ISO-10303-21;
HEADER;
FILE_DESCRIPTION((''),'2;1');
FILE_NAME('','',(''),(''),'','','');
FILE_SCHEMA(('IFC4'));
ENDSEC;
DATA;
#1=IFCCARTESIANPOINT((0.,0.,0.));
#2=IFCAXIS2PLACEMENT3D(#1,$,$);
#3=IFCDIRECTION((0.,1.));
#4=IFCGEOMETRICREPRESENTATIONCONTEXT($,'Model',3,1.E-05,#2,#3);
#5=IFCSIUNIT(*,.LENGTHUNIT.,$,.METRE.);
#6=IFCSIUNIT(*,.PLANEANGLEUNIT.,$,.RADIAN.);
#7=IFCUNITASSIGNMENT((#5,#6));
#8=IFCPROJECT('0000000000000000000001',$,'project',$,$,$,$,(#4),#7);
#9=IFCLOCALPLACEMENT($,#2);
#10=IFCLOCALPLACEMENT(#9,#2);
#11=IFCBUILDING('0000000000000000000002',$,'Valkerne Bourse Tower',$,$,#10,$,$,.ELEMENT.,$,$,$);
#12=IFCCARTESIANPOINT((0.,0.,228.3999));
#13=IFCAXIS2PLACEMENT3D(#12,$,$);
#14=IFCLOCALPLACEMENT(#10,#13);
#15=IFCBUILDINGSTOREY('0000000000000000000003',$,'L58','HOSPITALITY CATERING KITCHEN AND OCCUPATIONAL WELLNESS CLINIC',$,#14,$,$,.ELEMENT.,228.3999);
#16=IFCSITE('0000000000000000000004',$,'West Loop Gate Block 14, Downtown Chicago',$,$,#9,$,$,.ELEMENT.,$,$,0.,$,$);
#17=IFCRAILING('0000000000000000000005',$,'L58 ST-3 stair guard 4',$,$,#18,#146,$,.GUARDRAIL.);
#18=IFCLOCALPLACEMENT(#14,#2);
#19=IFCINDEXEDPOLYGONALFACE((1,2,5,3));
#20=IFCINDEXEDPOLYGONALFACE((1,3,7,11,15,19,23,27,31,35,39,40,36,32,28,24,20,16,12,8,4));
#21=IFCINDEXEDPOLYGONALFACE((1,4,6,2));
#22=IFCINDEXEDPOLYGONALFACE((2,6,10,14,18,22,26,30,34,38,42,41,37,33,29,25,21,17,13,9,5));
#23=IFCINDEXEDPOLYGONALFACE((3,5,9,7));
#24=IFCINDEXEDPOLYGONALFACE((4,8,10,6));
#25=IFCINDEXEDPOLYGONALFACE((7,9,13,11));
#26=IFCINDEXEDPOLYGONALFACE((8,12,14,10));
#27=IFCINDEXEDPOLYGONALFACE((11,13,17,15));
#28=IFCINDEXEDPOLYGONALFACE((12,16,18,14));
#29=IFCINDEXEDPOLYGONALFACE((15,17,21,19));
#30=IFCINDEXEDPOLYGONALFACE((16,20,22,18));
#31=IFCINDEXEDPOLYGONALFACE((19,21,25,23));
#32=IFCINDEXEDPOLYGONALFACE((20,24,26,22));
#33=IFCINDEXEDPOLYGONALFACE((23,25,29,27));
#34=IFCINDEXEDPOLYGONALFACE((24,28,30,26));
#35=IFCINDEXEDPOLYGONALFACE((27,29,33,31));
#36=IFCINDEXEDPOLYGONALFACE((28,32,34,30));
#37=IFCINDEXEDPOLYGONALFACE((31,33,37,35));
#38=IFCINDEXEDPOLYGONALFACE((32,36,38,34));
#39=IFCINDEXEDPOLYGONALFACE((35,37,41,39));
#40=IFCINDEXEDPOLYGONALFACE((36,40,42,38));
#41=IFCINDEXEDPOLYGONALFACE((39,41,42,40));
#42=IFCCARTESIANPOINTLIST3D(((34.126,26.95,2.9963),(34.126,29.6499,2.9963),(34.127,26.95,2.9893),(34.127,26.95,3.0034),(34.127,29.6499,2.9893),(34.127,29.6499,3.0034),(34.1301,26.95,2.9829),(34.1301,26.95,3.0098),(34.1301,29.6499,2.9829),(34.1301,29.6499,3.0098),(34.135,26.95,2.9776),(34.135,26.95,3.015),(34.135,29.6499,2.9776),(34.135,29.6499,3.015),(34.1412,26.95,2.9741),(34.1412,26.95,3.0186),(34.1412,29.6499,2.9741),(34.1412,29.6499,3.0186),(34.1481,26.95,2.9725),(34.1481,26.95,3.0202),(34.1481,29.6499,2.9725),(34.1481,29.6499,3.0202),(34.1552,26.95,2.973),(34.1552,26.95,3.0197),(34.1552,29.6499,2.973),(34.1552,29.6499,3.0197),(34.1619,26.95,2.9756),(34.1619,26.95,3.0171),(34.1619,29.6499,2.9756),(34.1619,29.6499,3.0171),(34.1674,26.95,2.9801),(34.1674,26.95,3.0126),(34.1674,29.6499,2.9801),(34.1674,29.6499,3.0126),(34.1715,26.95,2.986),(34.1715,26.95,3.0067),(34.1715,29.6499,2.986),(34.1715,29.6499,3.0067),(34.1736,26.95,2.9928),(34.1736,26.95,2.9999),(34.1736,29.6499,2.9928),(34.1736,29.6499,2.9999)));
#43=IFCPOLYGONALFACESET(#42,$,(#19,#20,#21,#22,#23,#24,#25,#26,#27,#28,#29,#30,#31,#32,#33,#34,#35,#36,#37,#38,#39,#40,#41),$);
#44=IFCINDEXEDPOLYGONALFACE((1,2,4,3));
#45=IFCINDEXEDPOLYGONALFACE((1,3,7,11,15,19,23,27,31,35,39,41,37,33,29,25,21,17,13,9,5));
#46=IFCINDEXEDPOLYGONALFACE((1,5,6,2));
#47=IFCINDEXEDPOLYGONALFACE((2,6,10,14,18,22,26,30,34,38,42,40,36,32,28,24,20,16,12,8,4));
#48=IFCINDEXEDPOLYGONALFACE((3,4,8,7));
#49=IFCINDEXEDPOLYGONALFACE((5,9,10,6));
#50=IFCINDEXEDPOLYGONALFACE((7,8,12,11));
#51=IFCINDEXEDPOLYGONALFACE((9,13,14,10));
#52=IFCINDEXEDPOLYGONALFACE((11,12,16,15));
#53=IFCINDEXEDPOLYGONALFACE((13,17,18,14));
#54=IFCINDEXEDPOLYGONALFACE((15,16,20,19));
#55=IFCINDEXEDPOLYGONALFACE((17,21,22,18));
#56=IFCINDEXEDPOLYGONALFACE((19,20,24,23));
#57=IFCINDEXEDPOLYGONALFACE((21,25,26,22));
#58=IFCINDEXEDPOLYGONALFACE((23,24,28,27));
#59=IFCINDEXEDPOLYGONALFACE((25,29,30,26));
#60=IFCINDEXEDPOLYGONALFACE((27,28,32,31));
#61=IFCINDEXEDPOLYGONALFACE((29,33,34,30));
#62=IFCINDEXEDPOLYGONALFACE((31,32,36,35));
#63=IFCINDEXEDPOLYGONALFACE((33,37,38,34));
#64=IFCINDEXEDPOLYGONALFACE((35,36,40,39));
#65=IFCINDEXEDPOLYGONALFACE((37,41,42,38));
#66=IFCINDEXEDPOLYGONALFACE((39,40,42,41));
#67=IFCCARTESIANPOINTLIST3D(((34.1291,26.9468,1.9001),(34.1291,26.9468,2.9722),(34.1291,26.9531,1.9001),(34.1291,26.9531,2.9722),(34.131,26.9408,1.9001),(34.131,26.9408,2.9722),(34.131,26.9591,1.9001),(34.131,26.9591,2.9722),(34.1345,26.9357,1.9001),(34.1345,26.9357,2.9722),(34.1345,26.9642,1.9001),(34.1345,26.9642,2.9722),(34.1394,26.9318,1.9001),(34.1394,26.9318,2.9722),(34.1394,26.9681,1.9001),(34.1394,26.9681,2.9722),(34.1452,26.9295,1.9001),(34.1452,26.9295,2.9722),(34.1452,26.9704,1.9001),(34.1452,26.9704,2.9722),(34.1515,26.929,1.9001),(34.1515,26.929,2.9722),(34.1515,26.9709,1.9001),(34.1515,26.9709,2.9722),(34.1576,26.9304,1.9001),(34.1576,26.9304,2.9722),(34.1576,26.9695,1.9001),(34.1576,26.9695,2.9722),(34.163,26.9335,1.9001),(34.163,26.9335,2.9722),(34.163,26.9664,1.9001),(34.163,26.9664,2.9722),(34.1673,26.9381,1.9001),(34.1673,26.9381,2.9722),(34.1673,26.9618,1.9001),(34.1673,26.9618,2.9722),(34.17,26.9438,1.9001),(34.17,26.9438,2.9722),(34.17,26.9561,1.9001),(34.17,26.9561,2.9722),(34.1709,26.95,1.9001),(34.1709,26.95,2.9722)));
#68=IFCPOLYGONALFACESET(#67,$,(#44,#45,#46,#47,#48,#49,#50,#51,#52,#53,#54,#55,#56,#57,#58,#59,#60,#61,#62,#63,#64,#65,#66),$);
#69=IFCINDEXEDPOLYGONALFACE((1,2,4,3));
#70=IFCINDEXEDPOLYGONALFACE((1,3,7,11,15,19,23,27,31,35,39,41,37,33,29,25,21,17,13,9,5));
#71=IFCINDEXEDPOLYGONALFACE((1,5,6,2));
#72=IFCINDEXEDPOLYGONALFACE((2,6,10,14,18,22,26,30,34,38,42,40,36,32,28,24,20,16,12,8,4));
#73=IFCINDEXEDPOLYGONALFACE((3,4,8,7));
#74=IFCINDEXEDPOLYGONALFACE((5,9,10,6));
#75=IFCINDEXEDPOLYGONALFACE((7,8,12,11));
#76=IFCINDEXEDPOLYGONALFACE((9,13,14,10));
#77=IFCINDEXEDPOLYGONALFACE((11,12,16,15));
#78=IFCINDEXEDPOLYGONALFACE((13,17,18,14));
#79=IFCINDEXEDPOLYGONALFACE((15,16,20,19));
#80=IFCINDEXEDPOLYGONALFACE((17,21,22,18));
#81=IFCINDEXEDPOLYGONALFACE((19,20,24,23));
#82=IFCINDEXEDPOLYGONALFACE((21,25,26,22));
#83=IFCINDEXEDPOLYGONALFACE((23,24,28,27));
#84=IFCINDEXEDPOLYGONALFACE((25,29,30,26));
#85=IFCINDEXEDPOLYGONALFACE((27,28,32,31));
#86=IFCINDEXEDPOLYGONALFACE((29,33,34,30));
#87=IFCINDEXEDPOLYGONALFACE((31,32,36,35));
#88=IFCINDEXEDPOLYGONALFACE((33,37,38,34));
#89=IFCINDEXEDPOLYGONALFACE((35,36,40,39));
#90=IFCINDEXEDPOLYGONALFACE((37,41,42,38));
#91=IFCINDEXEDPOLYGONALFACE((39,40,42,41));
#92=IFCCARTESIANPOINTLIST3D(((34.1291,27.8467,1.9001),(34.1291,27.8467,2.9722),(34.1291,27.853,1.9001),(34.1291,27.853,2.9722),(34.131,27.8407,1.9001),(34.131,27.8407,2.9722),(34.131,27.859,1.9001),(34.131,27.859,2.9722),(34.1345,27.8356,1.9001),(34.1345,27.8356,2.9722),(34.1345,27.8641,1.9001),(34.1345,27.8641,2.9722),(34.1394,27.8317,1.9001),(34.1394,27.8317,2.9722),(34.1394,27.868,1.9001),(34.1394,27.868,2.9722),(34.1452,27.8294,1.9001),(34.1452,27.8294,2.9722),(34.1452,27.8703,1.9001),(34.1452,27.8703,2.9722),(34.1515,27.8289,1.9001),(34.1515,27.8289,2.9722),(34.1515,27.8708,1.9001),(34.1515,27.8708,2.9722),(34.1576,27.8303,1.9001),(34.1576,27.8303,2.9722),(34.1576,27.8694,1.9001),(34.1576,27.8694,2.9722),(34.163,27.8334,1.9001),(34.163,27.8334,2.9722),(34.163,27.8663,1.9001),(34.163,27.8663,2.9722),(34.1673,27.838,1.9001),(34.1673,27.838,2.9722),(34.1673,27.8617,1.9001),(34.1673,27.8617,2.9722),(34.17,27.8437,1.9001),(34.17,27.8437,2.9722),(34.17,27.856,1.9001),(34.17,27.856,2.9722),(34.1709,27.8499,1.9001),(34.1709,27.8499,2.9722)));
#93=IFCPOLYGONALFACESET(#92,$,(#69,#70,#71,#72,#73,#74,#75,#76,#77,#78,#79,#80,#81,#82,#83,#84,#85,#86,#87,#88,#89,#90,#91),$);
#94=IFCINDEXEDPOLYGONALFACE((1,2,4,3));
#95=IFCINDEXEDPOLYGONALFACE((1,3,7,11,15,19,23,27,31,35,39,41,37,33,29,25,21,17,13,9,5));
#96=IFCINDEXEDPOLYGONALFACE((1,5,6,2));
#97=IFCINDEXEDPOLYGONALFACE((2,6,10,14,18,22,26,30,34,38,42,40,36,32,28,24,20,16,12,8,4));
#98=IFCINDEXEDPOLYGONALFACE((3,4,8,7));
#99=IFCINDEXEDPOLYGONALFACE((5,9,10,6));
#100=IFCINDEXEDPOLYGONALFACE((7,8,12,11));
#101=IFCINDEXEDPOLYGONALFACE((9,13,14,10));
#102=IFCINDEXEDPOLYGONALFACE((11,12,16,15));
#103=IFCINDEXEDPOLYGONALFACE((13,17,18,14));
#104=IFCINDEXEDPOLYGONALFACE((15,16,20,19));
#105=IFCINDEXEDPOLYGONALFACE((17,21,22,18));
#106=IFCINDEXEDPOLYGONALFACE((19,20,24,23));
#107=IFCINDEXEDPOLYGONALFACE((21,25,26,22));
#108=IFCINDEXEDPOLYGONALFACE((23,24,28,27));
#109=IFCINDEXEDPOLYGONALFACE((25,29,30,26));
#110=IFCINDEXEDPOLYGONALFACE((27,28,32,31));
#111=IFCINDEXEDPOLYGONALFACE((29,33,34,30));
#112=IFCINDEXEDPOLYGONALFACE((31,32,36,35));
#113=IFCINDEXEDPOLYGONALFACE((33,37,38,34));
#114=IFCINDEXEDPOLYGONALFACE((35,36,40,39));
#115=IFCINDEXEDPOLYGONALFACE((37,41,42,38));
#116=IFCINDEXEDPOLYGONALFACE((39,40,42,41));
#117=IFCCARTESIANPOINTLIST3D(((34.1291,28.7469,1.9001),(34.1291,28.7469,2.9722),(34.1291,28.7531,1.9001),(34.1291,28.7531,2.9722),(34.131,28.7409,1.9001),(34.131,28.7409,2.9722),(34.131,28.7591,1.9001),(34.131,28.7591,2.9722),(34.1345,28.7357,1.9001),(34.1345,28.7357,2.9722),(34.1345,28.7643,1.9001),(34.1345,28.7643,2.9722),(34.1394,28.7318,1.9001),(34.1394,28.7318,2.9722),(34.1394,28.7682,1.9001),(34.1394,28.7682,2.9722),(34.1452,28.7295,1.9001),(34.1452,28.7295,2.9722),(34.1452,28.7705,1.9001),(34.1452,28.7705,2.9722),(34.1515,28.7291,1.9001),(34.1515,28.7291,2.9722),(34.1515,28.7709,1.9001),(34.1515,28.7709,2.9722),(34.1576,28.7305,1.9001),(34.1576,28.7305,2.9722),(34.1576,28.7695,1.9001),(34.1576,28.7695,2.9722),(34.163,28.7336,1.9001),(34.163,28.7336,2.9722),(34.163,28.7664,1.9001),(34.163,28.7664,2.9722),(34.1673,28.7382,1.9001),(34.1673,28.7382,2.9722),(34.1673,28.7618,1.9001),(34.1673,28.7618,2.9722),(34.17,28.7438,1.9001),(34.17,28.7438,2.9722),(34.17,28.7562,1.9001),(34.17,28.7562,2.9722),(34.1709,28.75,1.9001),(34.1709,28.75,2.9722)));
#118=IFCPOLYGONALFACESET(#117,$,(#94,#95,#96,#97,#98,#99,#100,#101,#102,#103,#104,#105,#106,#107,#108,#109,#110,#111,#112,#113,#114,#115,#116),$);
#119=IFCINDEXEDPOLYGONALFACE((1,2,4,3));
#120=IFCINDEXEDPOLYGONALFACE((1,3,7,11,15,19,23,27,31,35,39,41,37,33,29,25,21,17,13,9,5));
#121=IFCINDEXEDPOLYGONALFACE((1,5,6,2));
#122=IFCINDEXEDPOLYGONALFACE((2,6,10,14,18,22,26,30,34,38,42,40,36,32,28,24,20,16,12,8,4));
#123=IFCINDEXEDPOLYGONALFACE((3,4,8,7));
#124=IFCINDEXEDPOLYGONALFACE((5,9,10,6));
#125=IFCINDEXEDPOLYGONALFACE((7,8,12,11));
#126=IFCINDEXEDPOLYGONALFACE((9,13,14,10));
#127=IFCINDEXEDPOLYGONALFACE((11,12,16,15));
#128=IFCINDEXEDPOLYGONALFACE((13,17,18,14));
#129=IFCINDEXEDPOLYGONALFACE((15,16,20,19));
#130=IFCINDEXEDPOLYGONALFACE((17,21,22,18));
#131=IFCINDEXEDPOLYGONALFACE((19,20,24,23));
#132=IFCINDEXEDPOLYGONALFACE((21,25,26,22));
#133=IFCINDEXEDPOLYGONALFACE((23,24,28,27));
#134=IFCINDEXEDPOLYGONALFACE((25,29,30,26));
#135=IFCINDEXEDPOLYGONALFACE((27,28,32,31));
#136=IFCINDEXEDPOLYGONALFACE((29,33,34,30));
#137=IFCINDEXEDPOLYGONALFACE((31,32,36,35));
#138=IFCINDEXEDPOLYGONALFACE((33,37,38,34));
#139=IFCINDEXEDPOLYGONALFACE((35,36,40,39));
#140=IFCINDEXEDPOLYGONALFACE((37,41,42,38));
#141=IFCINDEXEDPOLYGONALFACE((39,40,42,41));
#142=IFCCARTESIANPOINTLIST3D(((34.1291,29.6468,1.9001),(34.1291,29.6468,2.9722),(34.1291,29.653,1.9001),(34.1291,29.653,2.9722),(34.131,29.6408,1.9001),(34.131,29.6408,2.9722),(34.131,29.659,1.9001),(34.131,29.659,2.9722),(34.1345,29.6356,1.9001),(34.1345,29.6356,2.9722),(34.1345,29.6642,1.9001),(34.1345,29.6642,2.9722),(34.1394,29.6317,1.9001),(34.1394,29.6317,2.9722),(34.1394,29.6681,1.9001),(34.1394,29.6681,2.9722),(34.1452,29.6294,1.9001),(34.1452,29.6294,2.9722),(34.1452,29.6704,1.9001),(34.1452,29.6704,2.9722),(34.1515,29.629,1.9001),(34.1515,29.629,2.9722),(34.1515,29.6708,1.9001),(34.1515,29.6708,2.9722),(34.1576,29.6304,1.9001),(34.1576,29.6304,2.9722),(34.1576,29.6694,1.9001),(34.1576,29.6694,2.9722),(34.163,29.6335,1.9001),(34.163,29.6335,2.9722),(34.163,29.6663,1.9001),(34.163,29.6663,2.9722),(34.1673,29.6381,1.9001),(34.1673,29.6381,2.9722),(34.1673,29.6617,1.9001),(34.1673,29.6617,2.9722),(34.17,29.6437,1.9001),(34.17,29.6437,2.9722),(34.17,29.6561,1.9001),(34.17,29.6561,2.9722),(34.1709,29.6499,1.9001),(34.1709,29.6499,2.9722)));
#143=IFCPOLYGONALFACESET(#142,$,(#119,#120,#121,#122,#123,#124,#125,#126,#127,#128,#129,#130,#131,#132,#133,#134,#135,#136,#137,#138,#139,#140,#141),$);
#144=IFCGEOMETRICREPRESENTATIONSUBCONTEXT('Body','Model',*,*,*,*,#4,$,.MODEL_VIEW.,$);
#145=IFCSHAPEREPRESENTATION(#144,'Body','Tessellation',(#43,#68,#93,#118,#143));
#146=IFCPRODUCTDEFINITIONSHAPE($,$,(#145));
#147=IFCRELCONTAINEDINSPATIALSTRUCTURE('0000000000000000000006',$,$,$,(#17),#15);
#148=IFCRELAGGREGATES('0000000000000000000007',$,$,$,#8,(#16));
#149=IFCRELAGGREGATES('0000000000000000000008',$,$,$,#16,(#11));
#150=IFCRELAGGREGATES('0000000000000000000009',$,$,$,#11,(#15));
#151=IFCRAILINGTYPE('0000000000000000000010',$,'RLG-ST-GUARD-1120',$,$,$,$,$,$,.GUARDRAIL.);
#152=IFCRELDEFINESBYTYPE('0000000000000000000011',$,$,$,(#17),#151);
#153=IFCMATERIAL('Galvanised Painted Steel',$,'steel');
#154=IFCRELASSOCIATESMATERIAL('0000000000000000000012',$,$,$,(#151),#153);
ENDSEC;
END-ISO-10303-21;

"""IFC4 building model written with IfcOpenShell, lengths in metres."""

from ifc_helpers import new_model, si_unit, direction, frame, origin, origin_2d, place, context, subcontext, project, spatial, circle, extrude, material, type_object, element, save


model = new_model("IFC4")

# Units and contexts
model_context = context("Model", 3, precision=1e-05, world=origin(), true_north=direction((0.0, 1.0)))
body_context = subcontext(model_context, "Body", "Model", "MODEL_VIEW")
ifc_project = project(units=[si_unit("LENGTHUNIT", "METRE"), si_unit("PLANEANGLEUNIT", "RADIAN")], contexts=[model_context])

# Site, building, storey
site_placement = place(None, origin())
site = spatial("IfcSite", under=ifc_project, at=site_placement, Name="West Loop Gate Block 14, Downtown Chicago", CompositionType="ELEMENT", RefElevation=0.0)
building_placement = place(site_placement, origin())
building = spatial("IfcBuilding", under=site, at=building_placement, Name="Valkerne Bourse Tower", CompositionType="ELEMENT")
storey_placement = place(building_placement, frame((0.0, 0.0, 228.3999)))
storey = spatial("IfcBuildingStorey", under=building, at=storey_placement, Name="L58", Description="HOSPITALITY CATERING KITCHEN AND OCCUPATIONAL WELLNESS CLINIC", CompositionType="ELEMENT", Elevation=228.3999)

# Shared definitions
ifc_material_1 = material(Name="Galvanised Painted Steel", Category="steel")

# Railing
railing_type_1 = type_object("IfcRailingType", Name="RLG-ST-GUARD-1120", PredefinedType="GUARDRAIL", material=ifc_material_1)
railing_1_placement = place(storey_placement, frame((34.1499, 26.95, 1.9001)))
element("IfcRailing", 1, at=railing_1_placement, inside=storey, type_object=railing_type_1, Name="L58 ST-3 stair guard 4", PredefinedType="GUARDRAIL", context=body_context, shape_type="SweptSolid", body=[
    extrude(circle(Radius=0.0239, at=origin_2d()), frame((0.0, 0.0, 1.0962), z_axis=(0.0, 1.0, 0.0), x_axis=(-1.0, 0.0, 0.0)), (0.0, 0.0, 1.0), 2.7),
    extrude(circle(Radius=0.021, at=origin_2d()), origin(), (0.0, 0.0, 1.0), 1.072),
    extrude(circle(Radius=0.021, at=origin_2d()), frame((0.0, 0.8999, 0.0)), (0.0, 0.0, 1.0), 1.072),
    extrude(circle(Radius=0.021, at=origin_2d()), frame((0.0, 1.8, 0.0)), (0.0, 0.0, 1.0), 1.072),
    extrude(circle(Radius=0.021, at=origin_2d()), frame((0.0, 2.7, 0.0)), (0.0, 0.0, 1.0), 1.072),
])

save(model, "model.ifc")
